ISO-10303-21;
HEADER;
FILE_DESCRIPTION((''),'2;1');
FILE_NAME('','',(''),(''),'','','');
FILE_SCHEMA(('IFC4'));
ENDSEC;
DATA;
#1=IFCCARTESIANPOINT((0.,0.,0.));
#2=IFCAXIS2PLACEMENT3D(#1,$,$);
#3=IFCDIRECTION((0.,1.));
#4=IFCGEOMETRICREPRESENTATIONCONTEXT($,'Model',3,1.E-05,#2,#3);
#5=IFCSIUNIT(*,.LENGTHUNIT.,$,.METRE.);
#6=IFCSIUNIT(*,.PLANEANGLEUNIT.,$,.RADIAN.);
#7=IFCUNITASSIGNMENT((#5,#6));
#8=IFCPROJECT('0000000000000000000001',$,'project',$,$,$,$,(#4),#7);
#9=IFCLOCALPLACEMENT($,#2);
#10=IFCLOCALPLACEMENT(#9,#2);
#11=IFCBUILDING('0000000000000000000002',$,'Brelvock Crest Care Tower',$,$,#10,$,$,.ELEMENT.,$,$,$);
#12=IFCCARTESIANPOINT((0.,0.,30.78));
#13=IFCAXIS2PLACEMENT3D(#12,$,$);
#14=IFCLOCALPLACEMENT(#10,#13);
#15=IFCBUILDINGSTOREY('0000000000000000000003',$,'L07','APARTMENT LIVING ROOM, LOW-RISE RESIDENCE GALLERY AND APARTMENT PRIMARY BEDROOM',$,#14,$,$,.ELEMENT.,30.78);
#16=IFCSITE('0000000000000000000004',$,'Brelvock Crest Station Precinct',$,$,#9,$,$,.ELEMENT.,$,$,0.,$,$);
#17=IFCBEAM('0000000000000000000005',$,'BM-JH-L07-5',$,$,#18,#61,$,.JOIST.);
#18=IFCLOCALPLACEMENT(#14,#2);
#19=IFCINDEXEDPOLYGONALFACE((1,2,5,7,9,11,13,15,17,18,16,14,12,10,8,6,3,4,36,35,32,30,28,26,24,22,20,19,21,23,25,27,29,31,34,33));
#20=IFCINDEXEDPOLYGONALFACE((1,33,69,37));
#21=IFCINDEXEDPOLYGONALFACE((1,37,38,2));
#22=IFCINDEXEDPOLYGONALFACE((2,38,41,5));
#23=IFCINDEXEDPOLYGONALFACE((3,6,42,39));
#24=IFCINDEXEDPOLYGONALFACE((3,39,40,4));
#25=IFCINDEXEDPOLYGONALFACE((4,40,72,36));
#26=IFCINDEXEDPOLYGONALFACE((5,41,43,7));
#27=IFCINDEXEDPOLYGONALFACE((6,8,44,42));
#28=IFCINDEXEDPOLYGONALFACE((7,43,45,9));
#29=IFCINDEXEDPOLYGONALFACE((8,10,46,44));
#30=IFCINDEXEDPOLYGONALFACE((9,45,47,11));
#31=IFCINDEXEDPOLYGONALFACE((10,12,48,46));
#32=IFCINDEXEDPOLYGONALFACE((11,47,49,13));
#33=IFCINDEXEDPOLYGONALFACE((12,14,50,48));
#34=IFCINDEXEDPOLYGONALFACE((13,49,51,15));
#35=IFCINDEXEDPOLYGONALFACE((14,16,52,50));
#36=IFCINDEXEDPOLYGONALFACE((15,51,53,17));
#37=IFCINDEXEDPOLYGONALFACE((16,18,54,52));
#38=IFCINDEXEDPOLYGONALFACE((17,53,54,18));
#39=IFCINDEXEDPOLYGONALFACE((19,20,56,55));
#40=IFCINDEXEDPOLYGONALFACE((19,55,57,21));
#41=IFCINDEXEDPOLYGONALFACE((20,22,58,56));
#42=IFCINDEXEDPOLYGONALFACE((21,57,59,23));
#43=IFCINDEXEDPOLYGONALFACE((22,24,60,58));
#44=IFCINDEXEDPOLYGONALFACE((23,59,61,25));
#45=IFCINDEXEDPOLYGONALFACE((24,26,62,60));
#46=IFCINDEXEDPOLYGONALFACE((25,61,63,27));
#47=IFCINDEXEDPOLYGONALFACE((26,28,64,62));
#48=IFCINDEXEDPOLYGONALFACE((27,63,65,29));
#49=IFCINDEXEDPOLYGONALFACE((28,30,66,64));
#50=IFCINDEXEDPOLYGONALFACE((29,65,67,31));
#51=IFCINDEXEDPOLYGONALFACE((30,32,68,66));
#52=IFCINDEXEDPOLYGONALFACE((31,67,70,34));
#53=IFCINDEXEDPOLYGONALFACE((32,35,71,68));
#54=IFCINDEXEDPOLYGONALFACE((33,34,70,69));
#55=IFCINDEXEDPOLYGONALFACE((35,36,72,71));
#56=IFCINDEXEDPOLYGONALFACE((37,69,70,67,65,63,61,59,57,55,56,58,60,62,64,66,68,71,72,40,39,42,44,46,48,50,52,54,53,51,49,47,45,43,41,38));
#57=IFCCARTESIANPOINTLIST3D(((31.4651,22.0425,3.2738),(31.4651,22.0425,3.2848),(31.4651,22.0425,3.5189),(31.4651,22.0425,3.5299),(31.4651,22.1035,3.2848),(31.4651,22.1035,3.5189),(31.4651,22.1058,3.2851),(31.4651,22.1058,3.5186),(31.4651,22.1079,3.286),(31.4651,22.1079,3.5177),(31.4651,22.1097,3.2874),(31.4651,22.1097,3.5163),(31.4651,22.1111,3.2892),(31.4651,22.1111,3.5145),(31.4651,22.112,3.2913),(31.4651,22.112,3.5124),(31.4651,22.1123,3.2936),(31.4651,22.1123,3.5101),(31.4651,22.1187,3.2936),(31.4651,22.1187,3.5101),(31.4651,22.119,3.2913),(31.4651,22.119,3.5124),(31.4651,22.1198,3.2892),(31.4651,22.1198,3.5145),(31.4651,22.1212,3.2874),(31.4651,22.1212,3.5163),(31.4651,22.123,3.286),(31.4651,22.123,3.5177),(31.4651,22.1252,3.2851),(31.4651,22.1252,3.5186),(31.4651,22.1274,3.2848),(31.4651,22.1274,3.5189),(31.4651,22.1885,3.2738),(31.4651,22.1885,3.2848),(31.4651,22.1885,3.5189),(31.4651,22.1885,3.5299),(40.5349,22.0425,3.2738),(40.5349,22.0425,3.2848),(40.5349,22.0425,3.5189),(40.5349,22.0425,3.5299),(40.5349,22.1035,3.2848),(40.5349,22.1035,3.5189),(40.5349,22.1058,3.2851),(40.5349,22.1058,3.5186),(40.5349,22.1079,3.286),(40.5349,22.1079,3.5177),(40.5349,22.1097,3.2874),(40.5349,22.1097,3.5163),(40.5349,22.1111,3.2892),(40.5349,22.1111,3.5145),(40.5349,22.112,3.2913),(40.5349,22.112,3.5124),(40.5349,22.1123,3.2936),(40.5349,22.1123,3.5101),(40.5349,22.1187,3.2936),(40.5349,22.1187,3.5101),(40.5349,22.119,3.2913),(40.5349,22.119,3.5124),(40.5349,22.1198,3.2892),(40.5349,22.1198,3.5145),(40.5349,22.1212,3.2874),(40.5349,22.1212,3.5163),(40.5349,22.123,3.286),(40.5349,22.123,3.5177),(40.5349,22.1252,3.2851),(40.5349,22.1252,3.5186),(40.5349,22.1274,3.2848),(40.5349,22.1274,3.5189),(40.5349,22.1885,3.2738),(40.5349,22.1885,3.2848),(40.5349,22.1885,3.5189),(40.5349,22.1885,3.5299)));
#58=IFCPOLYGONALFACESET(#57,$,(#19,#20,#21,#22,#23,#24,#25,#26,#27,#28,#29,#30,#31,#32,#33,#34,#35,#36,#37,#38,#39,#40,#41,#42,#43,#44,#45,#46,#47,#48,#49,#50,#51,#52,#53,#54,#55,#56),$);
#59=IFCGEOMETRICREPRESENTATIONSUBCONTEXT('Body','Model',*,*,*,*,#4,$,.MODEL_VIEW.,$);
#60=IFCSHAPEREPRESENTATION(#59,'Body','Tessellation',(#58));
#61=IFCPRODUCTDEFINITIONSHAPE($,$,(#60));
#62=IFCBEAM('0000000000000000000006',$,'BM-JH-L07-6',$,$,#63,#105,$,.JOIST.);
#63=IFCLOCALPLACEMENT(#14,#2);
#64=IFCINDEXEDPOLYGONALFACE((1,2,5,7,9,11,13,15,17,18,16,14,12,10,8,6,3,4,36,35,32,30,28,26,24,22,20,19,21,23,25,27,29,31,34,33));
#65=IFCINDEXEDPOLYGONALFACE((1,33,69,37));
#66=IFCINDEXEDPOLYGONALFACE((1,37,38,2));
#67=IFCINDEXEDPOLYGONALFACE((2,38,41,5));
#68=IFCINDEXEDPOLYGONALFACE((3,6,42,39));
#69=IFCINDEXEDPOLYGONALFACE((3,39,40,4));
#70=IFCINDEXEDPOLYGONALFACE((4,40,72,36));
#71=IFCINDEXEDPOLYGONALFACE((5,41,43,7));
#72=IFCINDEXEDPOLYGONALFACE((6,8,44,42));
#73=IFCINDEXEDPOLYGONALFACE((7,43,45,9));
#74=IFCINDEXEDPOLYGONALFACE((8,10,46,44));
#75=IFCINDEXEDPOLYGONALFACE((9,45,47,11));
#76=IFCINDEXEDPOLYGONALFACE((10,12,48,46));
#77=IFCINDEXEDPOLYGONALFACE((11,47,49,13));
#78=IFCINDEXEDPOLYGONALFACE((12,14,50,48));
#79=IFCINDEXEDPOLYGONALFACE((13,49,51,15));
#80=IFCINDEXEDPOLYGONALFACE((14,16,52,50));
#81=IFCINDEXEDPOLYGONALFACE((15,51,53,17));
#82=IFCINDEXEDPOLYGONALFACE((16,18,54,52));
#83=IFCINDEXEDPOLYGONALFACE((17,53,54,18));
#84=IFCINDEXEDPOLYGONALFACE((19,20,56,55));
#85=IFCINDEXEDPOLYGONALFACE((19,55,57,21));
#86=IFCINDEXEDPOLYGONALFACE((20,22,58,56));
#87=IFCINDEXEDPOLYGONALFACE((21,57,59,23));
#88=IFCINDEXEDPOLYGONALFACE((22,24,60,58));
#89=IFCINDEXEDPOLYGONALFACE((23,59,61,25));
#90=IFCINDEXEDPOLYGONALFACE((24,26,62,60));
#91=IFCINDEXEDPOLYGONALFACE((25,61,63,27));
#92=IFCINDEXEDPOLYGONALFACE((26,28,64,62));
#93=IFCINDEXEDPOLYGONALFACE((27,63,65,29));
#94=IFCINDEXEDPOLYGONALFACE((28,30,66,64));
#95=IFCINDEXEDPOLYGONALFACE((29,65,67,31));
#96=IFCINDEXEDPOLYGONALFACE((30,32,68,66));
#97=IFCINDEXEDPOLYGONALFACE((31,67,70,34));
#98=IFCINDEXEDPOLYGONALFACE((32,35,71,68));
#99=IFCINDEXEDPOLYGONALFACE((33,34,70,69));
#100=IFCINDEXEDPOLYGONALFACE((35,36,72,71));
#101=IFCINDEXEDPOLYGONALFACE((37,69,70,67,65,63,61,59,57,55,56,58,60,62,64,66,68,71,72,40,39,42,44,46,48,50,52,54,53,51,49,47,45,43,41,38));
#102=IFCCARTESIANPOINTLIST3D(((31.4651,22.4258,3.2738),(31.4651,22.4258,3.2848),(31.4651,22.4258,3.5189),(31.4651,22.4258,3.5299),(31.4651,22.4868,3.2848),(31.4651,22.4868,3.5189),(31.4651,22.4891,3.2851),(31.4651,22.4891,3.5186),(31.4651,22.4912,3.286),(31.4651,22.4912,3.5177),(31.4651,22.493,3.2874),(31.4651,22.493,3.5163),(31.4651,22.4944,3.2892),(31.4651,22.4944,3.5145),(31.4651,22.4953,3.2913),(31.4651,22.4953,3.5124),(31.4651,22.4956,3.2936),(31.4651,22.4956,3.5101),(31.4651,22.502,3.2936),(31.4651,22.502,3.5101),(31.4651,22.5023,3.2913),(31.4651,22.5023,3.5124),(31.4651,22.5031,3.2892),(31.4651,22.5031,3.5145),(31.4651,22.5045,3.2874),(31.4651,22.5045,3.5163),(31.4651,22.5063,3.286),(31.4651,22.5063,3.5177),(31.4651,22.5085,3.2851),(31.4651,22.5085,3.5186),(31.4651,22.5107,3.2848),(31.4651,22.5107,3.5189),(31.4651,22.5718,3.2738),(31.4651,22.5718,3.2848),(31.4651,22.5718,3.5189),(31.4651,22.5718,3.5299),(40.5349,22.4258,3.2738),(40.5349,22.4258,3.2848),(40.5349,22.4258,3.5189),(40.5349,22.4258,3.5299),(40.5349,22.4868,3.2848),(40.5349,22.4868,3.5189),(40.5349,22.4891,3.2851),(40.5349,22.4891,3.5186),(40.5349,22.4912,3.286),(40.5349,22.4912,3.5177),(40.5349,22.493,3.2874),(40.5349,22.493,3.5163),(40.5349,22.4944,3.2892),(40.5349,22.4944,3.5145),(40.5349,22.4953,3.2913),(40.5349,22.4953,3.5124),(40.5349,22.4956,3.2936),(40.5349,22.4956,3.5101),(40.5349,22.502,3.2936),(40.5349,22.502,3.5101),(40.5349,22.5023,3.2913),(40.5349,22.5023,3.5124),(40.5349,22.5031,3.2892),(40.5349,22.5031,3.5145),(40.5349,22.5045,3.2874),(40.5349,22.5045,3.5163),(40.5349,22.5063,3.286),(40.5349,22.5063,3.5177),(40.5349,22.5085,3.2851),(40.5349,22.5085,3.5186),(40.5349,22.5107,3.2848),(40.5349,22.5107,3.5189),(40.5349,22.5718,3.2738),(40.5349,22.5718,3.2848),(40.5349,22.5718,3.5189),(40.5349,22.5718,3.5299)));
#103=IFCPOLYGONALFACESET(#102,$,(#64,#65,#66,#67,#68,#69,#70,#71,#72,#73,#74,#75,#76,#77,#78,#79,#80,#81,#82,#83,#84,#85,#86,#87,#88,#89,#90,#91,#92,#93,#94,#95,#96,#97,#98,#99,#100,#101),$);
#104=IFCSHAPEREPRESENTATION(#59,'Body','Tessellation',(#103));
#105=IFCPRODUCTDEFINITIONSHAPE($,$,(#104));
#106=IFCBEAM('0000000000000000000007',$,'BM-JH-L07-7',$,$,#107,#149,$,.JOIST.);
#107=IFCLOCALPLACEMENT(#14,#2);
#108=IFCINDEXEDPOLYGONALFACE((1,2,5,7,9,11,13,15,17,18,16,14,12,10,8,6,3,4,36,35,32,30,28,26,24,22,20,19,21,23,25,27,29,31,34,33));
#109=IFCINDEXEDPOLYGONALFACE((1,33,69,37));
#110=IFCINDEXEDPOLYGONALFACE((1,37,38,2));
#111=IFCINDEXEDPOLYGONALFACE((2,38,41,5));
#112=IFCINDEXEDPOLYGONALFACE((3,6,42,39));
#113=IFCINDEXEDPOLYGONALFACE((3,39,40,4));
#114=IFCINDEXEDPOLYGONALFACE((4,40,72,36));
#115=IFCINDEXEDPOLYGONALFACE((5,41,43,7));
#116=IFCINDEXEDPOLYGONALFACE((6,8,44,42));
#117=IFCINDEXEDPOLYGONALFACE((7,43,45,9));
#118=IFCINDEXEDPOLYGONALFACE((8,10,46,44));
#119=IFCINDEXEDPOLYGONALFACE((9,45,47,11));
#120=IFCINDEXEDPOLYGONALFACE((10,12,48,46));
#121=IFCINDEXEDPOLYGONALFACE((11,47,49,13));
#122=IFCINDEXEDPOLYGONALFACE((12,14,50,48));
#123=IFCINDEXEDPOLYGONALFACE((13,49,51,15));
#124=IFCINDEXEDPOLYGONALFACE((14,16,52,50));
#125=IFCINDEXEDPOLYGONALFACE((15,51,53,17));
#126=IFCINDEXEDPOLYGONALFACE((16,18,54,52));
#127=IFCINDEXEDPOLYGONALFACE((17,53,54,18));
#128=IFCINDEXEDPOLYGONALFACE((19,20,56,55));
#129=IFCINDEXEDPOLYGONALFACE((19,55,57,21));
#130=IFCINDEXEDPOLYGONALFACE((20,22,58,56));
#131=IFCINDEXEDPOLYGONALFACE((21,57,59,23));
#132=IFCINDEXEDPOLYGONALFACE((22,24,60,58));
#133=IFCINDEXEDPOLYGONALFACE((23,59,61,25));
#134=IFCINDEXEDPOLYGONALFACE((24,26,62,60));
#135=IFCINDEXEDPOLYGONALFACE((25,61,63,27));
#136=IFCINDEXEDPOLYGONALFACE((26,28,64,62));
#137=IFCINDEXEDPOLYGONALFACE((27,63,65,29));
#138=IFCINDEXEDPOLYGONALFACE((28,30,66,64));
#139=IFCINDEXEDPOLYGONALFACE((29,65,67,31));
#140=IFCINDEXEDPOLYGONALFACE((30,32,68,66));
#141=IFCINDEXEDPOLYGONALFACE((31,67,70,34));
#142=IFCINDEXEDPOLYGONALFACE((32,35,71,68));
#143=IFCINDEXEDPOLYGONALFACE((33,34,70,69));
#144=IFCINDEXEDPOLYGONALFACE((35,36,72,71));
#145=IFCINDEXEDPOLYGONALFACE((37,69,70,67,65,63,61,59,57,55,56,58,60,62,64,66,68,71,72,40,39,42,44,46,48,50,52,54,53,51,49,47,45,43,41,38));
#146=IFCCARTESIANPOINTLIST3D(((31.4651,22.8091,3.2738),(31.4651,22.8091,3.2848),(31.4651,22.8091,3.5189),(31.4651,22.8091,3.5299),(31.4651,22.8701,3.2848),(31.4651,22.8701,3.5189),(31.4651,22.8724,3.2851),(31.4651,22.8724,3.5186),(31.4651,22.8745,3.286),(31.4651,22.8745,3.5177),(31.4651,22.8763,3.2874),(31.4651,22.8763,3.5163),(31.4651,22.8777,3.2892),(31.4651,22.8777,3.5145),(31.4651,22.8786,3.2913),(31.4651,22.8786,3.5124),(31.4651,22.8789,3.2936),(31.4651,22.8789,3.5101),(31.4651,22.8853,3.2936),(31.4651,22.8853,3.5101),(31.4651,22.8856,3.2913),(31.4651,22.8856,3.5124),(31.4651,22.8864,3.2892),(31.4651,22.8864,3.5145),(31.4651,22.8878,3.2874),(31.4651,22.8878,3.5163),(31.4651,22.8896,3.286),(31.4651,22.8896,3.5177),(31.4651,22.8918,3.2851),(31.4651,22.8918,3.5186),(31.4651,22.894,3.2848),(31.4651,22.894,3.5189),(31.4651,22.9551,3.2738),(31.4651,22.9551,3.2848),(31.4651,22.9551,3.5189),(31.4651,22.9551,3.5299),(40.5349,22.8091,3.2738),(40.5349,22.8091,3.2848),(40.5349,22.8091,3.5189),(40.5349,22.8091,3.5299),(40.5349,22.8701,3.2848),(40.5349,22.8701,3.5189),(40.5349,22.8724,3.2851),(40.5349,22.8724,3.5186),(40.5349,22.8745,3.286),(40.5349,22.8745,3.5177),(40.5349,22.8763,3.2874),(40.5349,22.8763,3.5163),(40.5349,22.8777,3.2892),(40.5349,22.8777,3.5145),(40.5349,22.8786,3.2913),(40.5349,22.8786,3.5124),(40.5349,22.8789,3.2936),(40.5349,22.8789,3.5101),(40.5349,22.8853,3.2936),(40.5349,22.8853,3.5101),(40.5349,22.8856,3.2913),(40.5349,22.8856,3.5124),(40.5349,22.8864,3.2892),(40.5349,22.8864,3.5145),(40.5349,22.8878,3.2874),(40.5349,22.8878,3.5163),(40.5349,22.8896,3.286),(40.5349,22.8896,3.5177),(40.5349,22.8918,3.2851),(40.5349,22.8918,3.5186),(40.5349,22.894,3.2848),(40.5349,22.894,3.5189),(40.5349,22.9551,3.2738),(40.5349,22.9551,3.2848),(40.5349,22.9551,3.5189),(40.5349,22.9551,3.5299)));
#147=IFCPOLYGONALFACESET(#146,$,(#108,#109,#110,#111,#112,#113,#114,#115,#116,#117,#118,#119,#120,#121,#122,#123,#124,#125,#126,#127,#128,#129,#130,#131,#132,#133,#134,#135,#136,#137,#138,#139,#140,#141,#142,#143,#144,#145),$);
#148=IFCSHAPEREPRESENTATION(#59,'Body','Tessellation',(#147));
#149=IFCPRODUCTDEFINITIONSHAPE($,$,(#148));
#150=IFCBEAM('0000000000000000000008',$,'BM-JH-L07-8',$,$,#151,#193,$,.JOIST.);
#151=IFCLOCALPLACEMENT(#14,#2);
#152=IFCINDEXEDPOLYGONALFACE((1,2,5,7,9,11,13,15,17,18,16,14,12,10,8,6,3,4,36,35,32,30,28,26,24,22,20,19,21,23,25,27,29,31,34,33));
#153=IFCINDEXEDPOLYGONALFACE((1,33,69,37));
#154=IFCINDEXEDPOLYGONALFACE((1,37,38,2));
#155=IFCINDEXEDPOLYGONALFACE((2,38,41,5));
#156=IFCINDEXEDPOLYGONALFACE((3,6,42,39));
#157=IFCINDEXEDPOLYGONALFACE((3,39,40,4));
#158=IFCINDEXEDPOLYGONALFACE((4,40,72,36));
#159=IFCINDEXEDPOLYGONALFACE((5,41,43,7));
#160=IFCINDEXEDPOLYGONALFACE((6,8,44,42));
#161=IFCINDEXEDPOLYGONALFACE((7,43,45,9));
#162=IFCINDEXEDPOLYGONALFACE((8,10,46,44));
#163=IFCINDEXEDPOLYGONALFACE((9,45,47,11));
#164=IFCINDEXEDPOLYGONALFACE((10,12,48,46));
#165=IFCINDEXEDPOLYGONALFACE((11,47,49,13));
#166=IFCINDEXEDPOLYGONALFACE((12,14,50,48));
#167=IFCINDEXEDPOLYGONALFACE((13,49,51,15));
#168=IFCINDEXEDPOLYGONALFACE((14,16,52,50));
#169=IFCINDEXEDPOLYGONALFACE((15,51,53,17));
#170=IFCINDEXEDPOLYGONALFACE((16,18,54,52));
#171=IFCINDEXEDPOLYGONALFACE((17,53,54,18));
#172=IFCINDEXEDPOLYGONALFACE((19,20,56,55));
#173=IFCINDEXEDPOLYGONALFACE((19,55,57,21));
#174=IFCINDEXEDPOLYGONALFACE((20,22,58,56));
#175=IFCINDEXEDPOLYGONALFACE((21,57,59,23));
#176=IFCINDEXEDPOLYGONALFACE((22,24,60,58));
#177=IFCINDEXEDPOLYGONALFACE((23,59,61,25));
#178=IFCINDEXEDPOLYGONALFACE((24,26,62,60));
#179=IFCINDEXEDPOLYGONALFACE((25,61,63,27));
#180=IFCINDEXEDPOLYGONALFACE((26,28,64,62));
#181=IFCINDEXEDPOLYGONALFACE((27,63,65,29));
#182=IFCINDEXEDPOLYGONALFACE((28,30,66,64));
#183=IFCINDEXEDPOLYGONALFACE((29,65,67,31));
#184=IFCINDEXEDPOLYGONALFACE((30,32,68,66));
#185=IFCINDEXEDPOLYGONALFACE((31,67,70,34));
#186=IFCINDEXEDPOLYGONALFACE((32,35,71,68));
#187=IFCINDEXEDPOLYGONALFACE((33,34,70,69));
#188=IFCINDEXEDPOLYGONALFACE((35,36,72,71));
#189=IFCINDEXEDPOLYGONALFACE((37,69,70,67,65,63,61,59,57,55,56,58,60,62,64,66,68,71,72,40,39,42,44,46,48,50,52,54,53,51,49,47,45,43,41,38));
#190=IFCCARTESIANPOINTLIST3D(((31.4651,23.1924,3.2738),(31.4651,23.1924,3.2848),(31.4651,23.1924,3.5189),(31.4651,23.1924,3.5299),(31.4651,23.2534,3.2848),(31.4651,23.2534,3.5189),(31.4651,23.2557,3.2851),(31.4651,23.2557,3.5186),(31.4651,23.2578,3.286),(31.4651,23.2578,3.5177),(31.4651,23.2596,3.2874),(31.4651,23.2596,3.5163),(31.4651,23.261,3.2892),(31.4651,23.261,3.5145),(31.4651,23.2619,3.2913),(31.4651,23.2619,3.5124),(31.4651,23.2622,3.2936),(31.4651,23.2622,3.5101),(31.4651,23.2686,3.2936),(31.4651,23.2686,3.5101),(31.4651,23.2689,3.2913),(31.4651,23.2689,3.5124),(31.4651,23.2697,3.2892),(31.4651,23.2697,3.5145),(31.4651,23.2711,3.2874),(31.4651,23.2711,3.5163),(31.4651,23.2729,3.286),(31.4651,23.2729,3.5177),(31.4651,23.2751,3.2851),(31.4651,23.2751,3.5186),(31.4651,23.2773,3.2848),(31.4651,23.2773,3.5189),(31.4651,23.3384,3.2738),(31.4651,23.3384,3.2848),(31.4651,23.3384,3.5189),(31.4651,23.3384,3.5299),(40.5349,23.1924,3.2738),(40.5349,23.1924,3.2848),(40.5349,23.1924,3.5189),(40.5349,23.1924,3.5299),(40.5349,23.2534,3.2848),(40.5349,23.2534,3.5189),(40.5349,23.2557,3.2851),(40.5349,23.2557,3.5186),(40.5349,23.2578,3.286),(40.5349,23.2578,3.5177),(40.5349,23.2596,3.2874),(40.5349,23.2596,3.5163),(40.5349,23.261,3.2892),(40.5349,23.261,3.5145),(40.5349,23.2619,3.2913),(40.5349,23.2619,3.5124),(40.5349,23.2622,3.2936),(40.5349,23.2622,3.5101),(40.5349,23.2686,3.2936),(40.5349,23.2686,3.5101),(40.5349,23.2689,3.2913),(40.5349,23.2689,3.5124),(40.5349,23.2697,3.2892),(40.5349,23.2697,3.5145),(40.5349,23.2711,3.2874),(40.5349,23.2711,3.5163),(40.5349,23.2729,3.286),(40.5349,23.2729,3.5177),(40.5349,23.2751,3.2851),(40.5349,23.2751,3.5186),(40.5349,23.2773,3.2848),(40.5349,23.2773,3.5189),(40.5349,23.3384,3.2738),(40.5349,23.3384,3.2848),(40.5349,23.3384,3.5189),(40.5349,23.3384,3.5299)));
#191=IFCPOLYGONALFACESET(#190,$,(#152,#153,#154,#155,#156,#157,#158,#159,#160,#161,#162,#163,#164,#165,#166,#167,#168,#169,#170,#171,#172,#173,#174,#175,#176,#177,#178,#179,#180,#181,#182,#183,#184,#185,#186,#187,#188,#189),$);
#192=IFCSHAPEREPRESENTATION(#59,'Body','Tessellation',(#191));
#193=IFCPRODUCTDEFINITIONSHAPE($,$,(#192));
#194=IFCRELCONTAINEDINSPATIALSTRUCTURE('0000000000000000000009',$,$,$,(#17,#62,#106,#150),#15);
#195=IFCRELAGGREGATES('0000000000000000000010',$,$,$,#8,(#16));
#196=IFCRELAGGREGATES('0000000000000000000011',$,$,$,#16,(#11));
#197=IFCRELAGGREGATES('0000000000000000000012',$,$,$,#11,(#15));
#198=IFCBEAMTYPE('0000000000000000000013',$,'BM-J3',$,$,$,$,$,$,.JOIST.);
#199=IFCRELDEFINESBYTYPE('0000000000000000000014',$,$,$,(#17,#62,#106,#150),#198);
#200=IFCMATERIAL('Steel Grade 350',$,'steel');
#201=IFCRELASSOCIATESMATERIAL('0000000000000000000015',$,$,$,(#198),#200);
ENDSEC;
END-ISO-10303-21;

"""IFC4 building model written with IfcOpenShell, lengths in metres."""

from ifc_helpers import new_model, si_unit, direction, frame, origin, origin_2d, place, context, subcontext, project, spatial, i_section, extrude, source, transform, mapped, material, material_profile, profile_set, type_object, element, save


model = new_model("IFC4")

# Units and contexts
model_context = context("Model", 3, precision=1e-05, world=origin(), true_north=direction((0.0, 1.0)))
body_context = subcontext(model_context, "Body", "Model", "MODEL_VIEW")
ifc_project = project(units=[si_unit("LENGTHUNIT", "METRE"), si_unit("PLANEANGLEUNIT", "RADIAN")], contexts=[model_context])

# Site, building, storey
site_placement = place(None, origin())
site = spatial("IfcSite", under=ifc_project, at=site_placement, Name="Brelvock Crest Station Precinct", CompositionType="ELEMENT", RefElevation=0.0)
building_placement = place(site_placement, origin())
building = spatial("IfcBuilding", under=site, at=building_placement, Name="Brelvock Crest Care Tower", CompositionType="ELEMENT")
storey_placement = place(building_placement, frame((0.0, 0.0, 30.78)))
storey = spatial("IfcBuildingStorey", under=building, at=storey_placement, Name="L07", Description="APARTMENT LIVING ROOM, LOW-RISE RESIDENCE GALLERY AND APARTMENT PRIMARY BEDROOM", CompositionType="ELEMENT", Elevation=30.78)

# Beams
ifc_material_1 = material(Name="Steel Grade 350", Category="steel")
ifc_material_profile = material_profile(ifc_material_1, i_section(OverallWidth=0.146, OverallDepth=0.2561, WebThickness=0.0063, FlangeThickness=0.011, FilletRadius=0.0088, at=origin_2d()), Name="250UB37.3")
ifc_profile_set = profile_set([ifc_material_profile], Name="Steel Grade 350")
beam_type = type_object("IfcBeamType", Name="BM-J3", PredefinedType="JOIST", material=ifc_profile_set)
shared_shape_1 = source(origin(), body_context, "Body", "SweptSolid", [
    extrude(i_section(OverallWidth=0.146, OverallDepth=0.2561, WebThickness=0.0063, FlangeThickness=0.011, FilletRadius=0.0088, at=origin_2d()), origin(), (0.0, 0.0, 1.0), 9.0698),
])
for number, where, z_axis, x_axis, name in (
    (1, (31.4651, 22.1155, 3.4019), (1.0, 0.0, 0.0), (0.0, 1.0, 0.0), "BM-JH-L07-5"),
    (2, (31.4651, 22.4988, 3.4019), (1.0, 0.0, 0.0), (0.0, 1.0, 0.0), "BM-JH-L07-6"),
    (3, (31.4651, 22.8821, 3.4019), (1.0, 0.0, 0.0), (0.0, 1.0, 0.0), "BM-JH-L07-7"),
    (4, (31.4651, 23.2654, 3.4019), (1.0, 0.0, 0.0), (0.0, 1.0, 0.0), "BM-JH-L07-8"),
):
    element("IfcBeam", number, at=place(storey_placement, frame(where, z_axis=z_axis, x_axis=x_axis)), inside=storey, type_object=beam_type, Name=name, PredefinedType="JOIST", context=body_context, shape_type="MappedRepresentation", body=[
        mapped(shared_shape_1, transform((0.0, 0.0, 0.0), x_axis=(1.0, 0.0, 0.0), y_axis=(0.0, 1.0, 0.0), z_axis=(0.0, 0.0, 1.0), scale=1.0)),
    ])

save(model, "model.ifc")
